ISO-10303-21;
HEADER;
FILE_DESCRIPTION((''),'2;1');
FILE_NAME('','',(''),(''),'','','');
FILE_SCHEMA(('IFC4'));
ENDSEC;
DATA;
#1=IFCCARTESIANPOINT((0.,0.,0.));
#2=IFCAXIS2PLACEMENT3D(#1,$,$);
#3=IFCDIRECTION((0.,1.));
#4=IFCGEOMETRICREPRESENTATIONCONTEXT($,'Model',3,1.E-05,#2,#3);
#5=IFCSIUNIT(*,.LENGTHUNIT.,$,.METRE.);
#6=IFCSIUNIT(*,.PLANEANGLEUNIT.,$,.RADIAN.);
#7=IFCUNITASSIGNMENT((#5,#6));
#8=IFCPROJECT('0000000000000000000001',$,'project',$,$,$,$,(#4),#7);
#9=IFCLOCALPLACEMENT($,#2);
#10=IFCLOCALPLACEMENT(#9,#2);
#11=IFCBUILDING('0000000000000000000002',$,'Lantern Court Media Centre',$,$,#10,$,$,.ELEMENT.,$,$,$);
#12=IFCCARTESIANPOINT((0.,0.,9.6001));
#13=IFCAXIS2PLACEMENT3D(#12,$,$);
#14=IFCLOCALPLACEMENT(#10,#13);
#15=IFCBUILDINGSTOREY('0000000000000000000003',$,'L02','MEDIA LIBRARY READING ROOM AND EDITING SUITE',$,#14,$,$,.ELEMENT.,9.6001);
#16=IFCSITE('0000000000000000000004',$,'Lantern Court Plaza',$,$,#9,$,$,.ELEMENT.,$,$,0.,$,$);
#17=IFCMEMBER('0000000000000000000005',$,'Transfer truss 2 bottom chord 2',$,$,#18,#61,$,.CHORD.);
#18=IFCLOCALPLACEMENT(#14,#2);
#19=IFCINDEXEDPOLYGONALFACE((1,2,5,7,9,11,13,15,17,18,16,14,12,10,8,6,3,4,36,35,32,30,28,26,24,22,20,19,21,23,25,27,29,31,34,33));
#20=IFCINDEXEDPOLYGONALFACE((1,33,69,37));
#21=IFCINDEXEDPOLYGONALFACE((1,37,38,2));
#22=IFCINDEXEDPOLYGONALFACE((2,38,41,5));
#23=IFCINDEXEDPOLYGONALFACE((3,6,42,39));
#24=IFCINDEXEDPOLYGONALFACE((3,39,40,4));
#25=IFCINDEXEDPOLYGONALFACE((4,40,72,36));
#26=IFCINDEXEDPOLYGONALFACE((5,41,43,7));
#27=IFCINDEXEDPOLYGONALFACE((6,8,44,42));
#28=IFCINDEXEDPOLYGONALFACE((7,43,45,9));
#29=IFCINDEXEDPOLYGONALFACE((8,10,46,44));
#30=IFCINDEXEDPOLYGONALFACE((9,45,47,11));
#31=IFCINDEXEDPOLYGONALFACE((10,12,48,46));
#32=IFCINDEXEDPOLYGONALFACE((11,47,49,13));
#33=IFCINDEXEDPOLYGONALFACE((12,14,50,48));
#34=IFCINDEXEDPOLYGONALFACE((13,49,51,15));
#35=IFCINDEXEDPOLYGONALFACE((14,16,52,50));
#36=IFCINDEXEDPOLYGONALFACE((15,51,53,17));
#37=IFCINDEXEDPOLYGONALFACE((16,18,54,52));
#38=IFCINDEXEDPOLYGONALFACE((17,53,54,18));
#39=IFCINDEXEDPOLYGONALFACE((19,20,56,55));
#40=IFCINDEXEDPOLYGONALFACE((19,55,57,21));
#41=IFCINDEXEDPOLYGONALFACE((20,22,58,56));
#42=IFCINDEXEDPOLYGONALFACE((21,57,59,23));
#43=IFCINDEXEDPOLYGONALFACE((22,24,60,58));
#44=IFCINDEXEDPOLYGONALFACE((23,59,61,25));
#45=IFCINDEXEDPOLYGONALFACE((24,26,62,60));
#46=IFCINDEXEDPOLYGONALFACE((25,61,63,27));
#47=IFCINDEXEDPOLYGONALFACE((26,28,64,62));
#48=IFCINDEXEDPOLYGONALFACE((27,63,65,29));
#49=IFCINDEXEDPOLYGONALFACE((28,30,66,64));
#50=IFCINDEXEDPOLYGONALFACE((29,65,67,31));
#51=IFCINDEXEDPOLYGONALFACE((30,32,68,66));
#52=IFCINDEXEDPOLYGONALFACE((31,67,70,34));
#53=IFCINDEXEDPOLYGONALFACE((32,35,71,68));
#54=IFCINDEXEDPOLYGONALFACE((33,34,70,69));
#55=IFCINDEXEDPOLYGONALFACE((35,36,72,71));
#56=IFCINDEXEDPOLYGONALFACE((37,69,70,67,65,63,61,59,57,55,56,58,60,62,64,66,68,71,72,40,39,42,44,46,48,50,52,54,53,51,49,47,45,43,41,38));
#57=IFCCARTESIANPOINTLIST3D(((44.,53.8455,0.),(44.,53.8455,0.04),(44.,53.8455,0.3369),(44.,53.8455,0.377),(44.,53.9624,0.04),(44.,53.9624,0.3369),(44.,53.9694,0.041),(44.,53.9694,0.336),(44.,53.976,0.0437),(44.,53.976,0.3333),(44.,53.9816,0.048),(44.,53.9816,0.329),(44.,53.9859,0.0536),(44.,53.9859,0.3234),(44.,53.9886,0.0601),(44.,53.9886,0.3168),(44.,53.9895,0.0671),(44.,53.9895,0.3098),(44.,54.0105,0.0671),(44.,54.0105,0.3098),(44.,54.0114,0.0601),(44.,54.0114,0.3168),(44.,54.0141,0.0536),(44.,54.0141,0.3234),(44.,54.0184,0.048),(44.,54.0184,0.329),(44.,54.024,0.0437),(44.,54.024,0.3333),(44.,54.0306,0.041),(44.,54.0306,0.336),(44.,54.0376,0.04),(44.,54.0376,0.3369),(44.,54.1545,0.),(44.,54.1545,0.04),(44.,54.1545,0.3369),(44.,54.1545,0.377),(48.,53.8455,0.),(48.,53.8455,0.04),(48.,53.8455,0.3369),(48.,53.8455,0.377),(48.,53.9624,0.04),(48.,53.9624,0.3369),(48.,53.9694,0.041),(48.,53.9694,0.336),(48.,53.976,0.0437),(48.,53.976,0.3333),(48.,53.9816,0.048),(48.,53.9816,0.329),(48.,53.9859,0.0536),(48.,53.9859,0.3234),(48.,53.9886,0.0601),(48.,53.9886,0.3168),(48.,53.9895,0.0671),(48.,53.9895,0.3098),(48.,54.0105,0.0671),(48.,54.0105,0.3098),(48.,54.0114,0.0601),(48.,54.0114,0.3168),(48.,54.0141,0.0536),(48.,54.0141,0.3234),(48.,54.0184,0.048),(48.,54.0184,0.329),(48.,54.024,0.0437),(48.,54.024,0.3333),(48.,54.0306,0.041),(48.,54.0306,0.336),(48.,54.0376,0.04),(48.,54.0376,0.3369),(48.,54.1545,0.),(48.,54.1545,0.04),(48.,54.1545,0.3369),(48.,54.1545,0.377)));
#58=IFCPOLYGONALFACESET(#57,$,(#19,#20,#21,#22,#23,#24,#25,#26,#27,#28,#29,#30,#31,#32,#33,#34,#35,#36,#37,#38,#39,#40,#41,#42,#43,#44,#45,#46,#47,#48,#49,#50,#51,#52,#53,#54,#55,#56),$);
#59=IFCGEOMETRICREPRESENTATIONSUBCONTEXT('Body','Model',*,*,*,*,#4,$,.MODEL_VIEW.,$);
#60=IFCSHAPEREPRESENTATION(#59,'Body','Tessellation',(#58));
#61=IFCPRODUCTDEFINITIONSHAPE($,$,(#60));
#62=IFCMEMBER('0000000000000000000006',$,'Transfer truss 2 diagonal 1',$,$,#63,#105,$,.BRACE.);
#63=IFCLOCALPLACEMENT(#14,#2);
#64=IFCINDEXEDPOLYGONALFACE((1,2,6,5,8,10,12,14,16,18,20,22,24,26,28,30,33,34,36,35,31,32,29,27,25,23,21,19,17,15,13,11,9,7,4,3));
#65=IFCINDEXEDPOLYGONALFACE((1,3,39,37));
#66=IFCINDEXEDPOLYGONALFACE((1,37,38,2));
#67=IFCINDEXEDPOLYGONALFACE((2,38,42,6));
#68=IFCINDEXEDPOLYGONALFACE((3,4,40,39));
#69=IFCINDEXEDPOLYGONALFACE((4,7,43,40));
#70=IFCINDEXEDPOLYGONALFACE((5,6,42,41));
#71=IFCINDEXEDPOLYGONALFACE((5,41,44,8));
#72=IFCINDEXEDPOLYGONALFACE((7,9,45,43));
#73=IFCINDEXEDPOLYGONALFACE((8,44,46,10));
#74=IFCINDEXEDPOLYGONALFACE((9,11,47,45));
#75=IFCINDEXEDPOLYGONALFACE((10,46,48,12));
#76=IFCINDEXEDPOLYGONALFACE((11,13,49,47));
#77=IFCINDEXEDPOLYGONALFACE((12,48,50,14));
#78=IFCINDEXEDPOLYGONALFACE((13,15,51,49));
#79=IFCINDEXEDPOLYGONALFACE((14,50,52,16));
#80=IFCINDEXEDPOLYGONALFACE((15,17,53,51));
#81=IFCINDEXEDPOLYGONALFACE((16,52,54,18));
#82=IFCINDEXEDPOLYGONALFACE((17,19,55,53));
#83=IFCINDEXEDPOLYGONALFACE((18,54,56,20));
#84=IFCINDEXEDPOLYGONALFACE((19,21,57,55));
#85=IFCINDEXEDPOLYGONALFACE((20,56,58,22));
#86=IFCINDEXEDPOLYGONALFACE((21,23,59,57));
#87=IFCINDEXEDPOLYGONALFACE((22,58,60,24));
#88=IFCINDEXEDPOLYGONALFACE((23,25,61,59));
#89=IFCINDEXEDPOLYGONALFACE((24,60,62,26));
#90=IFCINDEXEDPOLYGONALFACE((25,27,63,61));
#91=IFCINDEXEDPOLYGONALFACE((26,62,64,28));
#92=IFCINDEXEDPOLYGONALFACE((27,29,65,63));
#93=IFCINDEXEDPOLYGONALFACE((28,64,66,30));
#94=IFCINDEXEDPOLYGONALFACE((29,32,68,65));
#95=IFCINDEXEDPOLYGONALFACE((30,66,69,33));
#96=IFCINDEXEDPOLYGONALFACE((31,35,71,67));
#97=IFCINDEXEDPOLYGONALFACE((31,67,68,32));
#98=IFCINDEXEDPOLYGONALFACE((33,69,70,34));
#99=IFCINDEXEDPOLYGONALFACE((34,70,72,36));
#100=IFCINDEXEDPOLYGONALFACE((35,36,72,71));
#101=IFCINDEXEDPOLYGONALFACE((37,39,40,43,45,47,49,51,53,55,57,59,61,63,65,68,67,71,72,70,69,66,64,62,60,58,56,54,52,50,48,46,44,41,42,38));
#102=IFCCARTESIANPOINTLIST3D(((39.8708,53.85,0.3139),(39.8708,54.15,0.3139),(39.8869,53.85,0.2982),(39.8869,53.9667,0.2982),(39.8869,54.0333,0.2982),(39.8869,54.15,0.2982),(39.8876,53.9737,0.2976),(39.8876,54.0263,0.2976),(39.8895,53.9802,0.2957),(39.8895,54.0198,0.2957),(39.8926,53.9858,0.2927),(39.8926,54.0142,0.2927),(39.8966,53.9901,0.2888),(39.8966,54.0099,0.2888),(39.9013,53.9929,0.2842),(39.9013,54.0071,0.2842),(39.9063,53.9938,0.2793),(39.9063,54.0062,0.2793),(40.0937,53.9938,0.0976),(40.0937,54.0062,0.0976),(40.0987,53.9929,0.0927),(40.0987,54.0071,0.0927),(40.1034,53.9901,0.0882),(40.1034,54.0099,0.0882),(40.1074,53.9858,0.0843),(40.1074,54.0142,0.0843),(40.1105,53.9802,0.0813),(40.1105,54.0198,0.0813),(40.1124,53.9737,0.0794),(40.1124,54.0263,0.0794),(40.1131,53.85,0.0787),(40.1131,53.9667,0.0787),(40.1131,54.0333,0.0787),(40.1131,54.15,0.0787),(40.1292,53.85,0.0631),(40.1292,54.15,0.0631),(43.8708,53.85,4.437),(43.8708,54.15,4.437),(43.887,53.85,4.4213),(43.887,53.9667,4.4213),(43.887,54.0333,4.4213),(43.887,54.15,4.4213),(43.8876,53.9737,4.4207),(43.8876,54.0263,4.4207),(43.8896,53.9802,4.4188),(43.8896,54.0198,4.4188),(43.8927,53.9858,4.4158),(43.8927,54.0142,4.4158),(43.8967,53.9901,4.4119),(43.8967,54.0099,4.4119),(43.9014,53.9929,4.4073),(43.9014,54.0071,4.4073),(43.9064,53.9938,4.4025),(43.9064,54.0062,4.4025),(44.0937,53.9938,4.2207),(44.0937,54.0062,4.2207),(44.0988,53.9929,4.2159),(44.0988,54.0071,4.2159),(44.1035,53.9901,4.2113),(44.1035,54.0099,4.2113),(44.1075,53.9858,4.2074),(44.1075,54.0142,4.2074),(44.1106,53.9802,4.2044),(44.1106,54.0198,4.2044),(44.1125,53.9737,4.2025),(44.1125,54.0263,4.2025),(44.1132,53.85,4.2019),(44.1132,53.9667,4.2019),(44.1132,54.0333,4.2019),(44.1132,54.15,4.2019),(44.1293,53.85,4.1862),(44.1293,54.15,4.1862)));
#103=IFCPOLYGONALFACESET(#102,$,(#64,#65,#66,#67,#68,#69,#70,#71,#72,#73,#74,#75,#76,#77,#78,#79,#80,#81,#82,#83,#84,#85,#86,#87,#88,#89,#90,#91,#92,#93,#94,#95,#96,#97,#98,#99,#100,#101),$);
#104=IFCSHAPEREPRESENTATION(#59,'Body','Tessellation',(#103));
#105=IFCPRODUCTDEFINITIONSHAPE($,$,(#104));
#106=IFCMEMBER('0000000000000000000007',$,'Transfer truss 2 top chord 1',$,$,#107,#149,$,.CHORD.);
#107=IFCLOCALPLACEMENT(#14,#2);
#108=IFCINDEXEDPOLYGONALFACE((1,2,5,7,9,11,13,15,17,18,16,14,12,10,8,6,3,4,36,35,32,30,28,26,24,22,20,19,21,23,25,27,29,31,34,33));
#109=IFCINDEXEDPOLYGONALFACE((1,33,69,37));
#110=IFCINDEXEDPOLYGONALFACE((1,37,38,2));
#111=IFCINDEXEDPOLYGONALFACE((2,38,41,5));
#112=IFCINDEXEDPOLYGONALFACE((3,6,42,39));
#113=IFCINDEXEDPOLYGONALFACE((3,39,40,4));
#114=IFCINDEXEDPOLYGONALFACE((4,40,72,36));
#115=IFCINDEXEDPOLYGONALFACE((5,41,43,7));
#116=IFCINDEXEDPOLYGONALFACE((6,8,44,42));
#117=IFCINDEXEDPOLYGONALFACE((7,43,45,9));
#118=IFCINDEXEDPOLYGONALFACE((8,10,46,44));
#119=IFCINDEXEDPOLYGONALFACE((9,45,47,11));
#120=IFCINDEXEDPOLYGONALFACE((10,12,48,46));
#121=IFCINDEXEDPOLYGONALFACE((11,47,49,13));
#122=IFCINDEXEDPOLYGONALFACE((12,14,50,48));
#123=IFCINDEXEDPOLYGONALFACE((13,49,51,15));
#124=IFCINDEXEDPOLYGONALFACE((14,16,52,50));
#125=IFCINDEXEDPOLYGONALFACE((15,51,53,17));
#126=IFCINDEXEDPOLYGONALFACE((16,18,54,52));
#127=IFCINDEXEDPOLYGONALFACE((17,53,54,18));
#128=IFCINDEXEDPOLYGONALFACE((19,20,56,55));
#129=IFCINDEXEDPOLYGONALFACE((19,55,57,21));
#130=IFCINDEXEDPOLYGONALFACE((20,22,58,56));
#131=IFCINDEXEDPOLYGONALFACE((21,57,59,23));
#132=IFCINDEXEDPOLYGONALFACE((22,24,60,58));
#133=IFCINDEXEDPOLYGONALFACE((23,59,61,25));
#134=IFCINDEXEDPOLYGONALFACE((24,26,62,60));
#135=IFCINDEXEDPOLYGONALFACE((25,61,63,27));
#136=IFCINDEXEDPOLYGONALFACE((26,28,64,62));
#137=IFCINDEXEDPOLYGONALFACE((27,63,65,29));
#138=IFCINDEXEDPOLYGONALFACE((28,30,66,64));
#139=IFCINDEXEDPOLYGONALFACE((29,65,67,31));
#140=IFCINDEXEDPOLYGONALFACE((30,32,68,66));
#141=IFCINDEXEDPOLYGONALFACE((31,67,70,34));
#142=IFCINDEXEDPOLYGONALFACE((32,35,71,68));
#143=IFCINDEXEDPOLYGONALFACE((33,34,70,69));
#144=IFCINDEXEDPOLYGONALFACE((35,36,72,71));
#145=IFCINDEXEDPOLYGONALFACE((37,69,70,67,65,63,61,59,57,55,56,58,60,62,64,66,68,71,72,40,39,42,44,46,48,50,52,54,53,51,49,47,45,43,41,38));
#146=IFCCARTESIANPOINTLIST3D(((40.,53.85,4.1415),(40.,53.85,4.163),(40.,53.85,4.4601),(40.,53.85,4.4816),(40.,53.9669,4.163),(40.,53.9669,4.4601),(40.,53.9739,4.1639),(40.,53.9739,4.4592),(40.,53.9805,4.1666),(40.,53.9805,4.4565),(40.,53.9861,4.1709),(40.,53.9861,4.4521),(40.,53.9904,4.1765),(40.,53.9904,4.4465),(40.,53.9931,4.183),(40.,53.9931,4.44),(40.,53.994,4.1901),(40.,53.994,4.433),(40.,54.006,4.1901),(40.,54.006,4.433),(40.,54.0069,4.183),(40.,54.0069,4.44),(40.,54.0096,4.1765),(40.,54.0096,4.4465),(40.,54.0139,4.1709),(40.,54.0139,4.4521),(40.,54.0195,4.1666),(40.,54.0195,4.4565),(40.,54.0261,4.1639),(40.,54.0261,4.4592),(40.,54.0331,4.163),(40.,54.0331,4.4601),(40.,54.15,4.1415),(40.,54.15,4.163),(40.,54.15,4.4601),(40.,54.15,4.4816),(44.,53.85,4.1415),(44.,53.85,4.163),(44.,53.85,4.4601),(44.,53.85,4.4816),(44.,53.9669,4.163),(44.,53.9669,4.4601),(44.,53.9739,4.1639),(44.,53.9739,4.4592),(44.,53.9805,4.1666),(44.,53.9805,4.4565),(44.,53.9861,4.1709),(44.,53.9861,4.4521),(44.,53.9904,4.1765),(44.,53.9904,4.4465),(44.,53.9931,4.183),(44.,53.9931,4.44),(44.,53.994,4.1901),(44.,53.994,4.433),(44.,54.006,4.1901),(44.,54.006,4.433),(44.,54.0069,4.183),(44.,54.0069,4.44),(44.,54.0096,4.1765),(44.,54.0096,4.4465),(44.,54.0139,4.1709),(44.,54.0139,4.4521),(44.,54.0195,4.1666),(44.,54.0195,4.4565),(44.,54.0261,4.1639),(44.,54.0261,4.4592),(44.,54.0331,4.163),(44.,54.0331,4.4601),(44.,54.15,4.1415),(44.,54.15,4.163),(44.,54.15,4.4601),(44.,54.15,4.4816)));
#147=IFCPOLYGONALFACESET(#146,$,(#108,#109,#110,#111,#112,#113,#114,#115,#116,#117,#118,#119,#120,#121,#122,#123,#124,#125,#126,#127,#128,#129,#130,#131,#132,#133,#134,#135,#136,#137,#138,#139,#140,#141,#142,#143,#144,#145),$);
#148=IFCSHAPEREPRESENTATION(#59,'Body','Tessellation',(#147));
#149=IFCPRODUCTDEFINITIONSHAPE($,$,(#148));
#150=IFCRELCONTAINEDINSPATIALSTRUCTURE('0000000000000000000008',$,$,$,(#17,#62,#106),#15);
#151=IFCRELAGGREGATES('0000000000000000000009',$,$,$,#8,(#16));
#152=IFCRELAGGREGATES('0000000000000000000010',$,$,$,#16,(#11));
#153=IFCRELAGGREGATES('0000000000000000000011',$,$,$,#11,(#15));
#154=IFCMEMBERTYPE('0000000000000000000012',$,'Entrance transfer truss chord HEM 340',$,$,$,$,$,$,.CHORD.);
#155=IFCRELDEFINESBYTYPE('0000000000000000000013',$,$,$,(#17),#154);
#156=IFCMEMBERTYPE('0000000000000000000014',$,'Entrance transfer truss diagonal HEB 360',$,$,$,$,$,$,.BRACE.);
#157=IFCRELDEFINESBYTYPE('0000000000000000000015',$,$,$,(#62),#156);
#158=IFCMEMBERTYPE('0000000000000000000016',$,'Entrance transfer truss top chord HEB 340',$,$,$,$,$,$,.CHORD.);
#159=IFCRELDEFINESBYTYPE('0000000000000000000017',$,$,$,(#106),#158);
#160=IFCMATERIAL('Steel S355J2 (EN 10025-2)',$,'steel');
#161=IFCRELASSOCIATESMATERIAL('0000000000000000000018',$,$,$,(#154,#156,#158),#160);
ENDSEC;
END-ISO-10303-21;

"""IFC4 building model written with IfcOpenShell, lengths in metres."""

from ifc_helpers import new_model, si_unit, direction, frame, origin, origin_2d, place, context, subcontext, project, spatial, i_section, extrude, material, material_profile, profile_set, type_object, element, save


model = new_model("IFC4")

# Units and contexts
model_context = context("Model", 3, precision=1e-05, world=origin(), true_north=direction((0.0, 1.0)))
body_context = subcontext(model_context, "Body", "Model", "MODEL_VIEW")
ifc_project = project(units=[si_unit("LENGTHUNIT", "METRE"), si_unit("PLANEANGLEUNIT", "RADIAN")], contexts=[model_context])

# Site, building, storey
site_placement = place(None, origin())
site = spatial("IfcSite", under=ifc_project, at=site_placement, Name="Lantern Court Plaza", CompositionType="ELEMENT", RefElevation=0.0)
building_placement = place(site_placement, origin())
building = spatial("IfcBuilding", under=site, at=building_placement, Name="Lantern Court Media Centre", CompositionType="ELEMENT")
storey_placement = place(building_placement, frame((0.0, 0.0, 9.6001)))
storey = spatial("IfcBuildingStorey", under=building, at=storey_placement, Name="L02", Description="MEDIA LIBRARY READING ROOM AND EDITING SUITE", CompositionType="ELEMENT", Elevation=9.6001)

# Members
ifc_material_1 = material(Name="Steel S355J2 (EN 10025-2)", Category="steel")
ifc_material_profile_1 = material_profile(ifc_material_1, i_section(OverallWidth=0.3091, OverallDepth=0.377, WebThickness=0.021, FlangeThickness=0.04, FilletRadius=0.0271, at=origin_2d()), Name="HEM 340")
ifc_profile_set_1 = profile_set([ifc_material_profile_1], Name="Steel S355J2 (EN 10025-2)")
member_type_1 = type_object("IfcMemberType", Name="Entrance transfer truss chord HEM 340", PredefinedType="CHORD", material=ifc_profile_set_1)
for number, where, z_axis, x_axis, name in (
    (1, (44.0, 54.0, 0.1885), (1.0, 0.0, 0.0), (0.0, 1.0, 0.0), "Transfer truss 2 bottom chord 2"),
):
    element("IfcMember", number, at=place(storey_placement, frame(where, z_axis=z_axis, x_axis=x_axis)), inside=storey, type_object=member_type_1, Name=name, PredefinedType="CHORD", context=body_context, shape_type="SweptSolid", body=[
        extrude(i_section(OverallWidth=0.3091, OverallDepth=0.377, WebThickness=0.021, FlangeThickness=0.04, FilletRadius=0.0271, at=origin_2d()), origin(), (0.0, 0.0, 1.0), 4.0),
    ])
ifc_material_profile_2 = material_profile(ifc_material_1, i_section(OverallWidth=0.3, OverallDepth=0.3601, WebThickness=0.0125, FlangeThickness=0.0225, FilletRadius=0.0271, at=origin_2d()), Name="HEB 360")
ifc_profile_set_2 = profile_set([ifc_material_profile_2], Name="Steel S355J2 (EN 10025-2)")
member_type_2 = type_object("IfcMemberType", Name="Entrance transfer truss diagonal HEB 360", PredefinedType="BRACE", material=ifc_profile_set_2)
member_1_placement = place(storey_placement, frame((40.0, 54.0, 0.1885), z_axis=(0.696316, 0.0, 0.717736), x_axis=(0.0, 1.0, 0.0)))
element("IfcMember", 2, at=member_1_placement, inside=storey, type_object=member_type_2, Name="Transfer truss 2 diagonal 1", PredefinedType="BRACE", context=body_context, shape_type="SweptSolid", body=[
    extrude(i_section(OverallWidth=0.3, OverallDepth=0.3601, WebThickness=0.0125, FlangeThickness=0.0225, FilletRadius=0.0271, at=origin_2d()), origin(), (0.0, 0.0, 1.0), 5.7446),
])
ifc_material_profile_3 = material_profile(ifc_material_1, i_section(OverallWidth=0.3, OverallDepth=0.3401, WebThickness=0.012, FlangeThickness=0.0215, FilletRadius=0.0271, at=origin_2d()), Name="HEB 340")
ifc_profile_set_3 = profile_set([ifc_material_profile_3], Name="Steel S355J2 (EN 10025-2)")
member_type_3 = type_object("IfcMemberType", Name="Entrance transfer truss top chord HEB 340", PredefinedType="CHORD", material=ifc_profile_set_3)
member_2_placement = place(storey_placement, frame((40.0, 54.0, 4.3115), z_axis=(1.0, 0.0, 0.0), x_axis=(0.0, 1.0, 0.0)))
element("IfcMember", 3, at=member_2_placement, inside=storey, type_object=member_type_3, Name="Transfer truss 2 top chord 1", PredefinedType="CHORD", context=body_context, shape_type="SweptSolid", body=[
    extrude(i_section(OverallWidth=0.3, OverallDepth=0.3401, WebThickness=0.012, FlangeThickness=0.0215, FilletRadius=0.0271, at=origin_2d()), origin(), (0.0, 0.0, 1.0), 4.0),
])

save(model, "model.ifc")
